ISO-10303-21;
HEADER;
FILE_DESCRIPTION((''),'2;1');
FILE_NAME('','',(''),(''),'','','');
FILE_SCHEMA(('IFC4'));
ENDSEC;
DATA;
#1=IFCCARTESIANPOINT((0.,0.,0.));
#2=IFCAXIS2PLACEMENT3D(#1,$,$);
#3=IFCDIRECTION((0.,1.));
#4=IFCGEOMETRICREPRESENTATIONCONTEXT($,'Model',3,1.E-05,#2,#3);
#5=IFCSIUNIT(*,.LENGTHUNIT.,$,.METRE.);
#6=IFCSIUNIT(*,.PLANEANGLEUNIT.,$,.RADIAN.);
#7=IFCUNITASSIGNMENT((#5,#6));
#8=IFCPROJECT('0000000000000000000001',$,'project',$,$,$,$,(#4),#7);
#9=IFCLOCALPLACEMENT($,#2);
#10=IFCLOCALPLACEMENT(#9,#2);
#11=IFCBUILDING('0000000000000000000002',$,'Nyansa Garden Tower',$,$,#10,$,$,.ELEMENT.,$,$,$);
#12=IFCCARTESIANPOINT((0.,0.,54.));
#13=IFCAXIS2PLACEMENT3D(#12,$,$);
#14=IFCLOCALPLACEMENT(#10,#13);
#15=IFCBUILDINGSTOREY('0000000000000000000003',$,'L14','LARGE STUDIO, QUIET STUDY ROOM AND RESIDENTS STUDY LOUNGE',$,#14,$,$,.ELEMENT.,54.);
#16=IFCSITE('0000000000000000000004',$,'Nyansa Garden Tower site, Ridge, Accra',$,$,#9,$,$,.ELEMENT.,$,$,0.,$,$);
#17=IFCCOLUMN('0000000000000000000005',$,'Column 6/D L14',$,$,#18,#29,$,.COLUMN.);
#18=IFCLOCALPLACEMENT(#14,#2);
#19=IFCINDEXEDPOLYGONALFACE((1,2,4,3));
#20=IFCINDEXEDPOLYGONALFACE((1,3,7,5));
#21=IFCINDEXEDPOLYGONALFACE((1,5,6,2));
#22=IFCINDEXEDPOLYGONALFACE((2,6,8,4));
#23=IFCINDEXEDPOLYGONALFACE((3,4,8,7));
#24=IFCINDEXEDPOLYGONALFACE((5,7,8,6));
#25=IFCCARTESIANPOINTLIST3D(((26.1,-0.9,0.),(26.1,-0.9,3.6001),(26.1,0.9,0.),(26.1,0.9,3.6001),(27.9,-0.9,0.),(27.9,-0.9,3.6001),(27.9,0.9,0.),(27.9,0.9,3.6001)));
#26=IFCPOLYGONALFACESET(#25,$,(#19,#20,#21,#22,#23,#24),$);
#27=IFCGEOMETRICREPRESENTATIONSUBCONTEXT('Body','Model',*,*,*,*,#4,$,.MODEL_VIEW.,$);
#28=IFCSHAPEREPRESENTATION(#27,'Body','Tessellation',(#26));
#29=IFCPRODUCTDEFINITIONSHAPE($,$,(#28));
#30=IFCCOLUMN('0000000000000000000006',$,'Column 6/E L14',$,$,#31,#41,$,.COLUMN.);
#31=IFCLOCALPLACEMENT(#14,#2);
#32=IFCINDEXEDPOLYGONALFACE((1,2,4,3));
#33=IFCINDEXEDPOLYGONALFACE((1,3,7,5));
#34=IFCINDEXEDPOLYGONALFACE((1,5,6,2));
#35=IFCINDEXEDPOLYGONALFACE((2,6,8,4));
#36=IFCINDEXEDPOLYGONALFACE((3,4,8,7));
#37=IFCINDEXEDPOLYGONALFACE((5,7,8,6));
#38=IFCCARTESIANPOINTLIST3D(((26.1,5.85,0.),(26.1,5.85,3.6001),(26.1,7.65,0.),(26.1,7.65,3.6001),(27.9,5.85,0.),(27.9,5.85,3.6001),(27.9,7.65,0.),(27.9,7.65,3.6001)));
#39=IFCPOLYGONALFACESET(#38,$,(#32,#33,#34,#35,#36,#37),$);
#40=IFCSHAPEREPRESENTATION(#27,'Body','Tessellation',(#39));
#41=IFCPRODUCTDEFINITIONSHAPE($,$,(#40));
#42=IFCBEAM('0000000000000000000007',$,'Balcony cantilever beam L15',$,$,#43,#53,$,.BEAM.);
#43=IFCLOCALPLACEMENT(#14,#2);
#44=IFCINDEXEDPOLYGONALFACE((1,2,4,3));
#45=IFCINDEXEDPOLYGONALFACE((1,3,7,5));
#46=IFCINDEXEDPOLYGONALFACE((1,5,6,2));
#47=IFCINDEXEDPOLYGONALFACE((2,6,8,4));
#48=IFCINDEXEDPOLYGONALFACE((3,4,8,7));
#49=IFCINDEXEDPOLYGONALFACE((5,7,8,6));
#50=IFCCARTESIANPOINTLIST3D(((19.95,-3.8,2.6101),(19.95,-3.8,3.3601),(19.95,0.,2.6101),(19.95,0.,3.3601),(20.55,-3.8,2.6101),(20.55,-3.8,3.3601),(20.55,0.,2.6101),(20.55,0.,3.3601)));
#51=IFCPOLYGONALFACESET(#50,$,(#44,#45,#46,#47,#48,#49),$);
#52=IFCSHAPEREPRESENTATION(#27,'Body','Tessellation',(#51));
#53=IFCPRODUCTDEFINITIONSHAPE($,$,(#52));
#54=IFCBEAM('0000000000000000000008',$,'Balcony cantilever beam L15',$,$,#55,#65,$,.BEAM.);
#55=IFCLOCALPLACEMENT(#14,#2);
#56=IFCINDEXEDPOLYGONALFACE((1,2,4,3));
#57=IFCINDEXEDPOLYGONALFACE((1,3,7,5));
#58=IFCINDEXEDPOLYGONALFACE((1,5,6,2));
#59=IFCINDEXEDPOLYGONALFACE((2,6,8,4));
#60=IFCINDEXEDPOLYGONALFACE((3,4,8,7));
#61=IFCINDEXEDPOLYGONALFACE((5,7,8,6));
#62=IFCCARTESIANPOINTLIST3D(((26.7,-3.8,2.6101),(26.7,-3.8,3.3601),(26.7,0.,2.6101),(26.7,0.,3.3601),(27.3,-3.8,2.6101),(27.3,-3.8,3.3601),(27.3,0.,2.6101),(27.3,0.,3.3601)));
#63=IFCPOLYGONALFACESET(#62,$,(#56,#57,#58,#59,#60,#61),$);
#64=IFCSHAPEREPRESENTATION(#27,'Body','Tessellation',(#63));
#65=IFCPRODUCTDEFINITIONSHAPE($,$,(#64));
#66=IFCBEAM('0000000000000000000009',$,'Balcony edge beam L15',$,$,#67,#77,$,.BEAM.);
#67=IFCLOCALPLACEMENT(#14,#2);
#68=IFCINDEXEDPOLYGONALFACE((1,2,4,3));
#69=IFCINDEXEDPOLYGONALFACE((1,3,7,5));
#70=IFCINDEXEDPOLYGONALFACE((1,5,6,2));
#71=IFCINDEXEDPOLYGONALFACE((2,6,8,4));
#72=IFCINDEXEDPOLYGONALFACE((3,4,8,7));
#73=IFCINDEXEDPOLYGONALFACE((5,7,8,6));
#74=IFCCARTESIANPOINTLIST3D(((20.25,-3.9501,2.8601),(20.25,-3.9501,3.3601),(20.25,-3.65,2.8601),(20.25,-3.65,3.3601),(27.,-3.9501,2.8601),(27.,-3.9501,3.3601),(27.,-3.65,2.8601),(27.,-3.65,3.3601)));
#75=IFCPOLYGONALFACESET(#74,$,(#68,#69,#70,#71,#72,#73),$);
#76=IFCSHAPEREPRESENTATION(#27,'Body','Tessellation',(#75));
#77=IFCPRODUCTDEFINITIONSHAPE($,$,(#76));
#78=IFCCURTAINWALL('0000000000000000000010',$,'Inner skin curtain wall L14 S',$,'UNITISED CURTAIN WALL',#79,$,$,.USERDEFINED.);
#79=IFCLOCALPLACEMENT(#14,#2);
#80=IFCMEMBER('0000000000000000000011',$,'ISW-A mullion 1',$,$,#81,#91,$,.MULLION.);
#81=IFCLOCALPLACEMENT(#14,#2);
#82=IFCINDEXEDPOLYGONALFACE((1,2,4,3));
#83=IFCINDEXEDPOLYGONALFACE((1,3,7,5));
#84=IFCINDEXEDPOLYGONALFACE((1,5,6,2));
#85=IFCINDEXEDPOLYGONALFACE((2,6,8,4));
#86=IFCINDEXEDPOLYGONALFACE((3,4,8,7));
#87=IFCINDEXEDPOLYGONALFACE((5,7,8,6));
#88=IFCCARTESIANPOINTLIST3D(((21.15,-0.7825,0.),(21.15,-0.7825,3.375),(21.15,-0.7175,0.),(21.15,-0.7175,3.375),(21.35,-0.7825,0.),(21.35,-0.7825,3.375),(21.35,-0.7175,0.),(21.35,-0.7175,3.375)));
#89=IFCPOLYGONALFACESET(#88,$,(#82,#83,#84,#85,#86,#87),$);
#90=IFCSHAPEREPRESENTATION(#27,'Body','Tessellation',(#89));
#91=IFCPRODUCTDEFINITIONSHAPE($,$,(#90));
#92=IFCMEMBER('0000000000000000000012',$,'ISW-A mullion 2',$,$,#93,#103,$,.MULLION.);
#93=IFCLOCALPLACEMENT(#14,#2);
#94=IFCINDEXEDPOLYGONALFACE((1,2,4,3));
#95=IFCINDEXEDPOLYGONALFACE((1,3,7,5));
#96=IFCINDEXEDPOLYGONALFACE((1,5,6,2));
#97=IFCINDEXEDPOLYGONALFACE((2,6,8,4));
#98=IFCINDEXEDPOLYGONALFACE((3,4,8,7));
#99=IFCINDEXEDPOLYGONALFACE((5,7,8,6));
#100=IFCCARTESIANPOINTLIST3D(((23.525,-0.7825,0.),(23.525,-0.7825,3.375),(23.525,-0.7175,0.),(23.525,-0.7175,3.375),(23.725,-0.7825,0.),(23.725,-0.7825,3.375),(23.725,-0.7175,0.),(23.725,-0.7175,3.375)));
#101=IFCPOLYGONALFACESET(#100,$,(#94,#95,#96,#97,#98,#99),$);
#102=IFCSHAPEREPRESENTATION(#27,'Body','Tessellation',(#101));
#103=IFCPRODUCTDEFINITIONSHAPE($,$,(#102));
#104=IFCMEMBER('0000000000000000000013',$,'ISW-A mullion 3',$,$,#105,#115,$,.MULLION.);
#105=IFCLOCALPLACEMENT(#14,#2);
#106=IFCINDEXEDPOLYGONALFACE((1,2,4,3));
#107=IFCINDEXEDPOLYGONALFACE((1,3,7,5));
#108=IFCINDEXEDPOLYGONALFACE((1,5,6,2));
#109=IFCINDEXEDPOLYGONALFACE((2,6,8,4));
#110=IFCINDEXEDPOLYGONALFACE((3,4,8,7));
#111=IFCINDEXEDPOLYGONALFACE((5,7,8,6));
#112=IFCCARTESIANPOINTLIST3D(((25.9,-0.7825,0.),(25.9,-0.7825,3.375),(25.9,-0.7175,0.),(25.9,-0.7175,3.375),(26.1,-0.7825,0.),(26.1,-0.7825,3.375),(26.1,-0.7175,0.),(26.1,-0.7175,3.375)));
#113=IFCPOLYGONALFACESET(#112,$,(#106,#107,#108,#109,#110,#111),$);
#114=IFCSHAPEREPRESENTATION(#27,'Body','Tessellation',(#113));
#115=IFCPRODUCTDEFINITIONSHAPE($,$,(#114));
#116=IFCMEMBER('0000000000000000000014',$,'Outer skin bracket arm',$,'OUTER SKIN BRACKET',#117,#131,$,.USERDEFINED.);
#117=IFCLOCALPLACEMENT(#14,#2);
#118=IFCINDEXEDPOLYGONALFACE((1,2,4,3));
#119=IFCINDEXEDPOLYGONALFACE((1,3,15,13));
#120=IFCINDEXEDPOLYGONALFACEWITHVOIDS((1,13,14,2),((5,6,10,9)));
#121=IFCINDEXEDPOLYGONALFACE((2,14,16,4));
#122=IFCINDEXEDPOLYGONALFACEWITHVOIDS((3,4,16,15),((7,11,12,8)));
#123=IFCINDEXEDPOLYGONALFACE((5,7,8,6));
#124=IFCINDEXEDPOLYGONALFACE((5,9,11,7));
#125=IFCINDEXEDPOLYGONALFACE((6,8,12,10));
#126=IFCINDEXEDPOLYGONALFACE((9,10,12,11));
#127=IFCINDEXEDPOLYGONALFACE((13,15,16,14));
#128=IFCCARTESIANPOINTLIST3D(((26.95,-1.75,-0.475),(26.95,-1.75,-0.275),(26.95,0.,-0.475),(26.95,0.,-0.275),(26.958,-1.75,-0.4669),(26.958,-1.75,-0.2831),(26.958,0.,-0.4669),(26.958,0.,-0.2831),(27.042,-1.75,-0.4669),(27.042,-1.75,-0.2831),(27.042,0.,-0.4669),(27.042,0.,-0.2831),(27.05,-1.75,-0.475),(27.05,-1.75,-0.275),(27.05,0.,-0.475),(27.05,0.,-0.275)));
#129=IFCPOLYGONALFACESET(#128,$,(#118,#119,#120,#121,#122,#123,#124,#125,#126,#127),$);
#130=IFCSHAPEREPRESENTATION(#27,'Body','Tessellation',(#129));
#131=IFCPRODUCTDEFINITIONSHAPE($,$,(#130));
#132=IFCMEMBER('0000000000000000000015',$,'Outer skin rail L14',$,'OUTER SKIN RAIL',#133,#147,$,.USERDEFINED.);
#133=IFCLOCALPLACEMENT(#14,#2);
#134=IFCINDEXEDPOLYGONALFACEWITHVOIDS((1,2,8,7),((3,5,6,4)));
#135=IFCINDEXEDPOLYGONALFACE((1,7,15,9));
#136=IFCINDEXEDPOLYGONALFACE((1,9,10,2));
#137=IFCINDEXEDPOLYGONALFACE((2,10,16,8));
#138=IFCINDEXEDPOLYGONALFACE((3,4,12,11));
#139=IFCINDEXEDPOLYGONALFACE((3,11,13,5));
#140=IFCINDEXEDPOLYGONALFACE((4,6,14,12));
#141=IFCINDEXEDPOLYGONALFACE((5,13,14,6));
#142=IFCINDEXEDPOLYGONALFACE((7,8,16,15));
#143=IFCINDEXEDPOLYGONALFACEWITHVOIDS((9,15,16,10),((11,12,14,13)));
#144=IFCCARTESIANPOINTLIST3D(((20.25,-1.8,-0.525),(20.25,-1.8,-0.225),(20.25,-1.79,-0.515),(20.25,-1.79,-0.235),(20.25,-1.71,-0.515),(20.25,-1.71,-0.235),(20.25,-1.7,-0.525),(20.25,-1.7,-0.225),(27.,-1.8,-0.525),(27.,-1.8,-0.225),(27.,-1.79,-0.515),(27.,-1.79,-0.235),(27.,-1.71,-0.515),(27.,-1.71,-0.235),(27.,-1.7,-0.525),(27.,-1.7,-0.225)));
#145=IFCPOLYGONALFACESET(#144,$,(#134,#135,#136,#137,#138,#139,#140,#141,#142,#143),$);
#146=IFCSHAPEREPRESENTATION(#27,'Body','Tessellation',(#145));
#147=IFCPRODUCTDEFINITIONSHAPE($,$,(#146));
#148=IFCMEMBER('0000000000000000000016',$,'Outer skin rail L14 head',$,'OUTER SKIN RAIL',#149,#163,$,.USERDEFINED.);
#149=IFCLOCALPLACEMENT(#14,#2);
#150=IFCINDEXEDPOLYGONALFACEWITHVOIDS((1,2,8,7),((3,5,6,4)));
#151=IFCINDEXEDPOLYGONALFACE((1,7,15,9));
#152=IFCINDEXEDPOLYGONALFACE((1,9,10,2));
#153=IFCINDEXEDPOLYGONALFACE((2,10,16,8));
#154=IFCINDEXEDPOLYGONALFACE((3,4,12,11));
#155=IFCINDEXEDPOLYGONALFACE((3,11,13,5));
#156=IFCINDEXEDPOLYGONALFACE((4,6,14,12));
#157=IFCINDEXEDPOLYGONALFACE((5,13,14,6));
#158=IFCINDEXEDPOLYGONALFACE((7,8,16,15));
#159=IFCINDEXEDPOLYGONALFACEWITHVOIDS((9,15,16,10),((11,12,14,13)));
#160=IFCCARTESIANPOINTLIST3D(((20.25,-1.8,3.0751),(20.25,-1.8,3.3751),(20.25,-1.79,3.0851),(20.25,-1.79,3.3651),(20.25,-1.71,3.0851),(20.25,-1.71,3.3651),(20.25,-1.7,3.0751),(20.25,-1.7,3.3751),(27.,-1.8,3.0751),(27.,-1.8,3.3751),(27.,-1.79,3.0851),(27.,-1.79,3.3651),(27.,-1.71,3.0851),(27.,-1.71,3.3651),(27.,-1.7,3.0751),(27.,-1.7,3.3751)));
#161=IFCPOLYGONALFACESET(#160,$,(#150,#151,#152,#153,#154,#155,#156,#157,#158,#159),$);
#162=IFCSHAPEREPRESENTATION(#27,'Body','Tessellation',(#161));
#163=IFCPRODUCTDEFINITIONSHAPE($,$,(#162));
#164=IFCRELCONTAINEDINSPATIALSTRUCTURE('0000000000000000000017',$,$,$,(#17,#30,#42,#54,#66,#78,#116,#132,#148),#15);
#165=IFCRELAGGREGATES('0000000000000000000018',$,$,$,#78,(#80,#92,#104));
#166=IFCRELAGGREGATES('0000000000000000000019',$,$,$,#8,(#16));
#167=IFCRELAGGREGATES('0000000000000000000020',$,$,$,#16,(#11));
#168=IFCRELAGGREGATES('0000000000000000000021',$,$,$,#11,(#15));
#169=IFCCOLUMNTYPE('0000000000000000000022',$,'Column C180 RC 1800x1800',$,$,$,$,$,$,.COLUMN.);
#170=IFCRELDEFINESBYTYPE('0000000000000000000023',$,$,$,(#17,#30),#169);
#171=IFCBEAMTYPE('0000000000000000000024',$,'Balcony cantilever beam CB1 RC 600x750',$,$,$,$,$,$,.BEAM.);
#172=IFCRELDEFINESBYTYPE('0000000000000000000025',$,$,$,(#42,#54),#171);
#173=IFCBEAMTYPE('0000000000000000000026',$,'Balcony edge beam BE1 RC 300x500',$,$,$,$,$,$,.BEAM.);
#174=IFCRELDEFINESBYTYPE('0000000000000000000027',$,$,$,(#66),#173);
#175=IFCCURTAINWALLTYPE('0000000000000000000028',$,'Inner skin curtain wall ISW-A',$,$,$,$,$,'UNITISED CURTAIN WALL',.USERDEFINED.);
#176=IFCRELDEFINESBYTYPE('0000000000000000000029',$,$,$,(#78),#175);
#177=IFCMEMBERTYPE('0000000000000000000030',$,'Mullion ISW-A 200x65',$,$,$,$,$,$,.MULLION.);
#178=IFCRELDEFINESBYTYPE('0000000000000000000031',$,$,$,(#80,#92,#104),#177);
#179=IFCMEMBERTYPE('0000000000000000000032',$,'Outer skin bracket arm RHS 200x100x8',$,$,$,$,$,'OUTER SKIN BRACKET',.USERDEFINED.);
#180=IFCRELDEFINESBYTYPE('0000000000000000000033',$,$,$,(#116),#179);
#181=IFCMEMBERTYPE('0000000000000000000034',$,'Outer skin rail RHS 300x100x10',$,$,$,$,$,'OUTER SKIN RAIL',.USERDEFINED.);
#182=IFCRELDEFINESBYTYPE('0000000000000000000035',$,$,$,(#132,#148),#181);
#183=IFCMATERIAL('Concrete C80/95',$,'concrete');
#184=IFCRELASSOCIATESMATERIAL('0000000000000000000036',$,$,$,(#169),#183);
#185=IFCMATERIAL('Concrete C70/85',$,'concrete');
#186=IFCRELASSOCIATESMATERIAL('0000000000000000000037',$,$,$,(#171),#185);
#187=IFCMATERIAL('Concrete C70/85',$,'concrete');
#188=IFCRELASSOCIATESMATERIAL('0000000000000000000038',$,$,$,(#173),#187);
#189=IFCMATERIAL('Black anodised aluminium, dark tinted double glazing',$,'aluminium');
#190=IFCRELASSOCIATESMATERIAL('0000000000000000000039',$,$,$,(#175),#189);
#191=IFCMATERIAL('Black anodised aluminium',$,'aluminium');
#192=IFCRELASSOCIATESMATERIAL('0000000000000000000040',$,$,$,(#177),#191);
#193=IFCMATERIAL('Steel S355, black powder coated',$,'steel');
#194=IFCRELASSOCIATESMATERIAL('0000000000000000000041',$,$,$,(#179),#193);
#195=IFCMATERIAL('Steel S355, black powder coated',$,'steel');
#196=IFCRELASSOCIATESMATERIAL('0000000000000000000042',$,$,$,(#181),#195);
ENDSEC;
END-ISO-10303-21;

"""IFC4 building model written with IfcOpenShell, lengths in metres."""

from ifc_helpers import new_model, si_unit, direction, frame, origin, origin_2d, place, context, subcontext, project, spatial, rectangle, hollow_rectangle, extrude, material, material_profile, profile_set, type_object, element, aggregate, save


model = new_model("IFC4")

# Units and contexts
model_context = context("Model", 3, precision=1e-05, world=origin(), true_north=direction((0.0, 1.0)))
body_context = subcontext(model_context, "Body", "Model", "MODEL_VIEW")
ifc_project = project(units=[si_unit("LENGTHUNIT", "METRE"), si_unit("PLANEANGLEUNIT", "RADIAN")], contexts=[model_context])

# Site, building, storey
site_placement = place(None, origin())
site = spatial("IfcSite", under=ifc_project, at=site_placement, Name="Nyansa Garden Tower site, Ridge, Accra", CompositionType="ELEMENT", RefElevation=0.0)
building_placement = place(site_placement, origin())
building = spatial("IfcBuilding", under=site, at=building_placement, Name="Nyansa Garden Tower", CompositionType="ELEMENT")
storey_placement = place(building_placement, frame((0.0, 0.0, 54.0)))
storey = spatial("IfcBuildingStorey", under=building, at=storey_placement, Name="L14", Description="LARGE STUDIO, QUIET STUDY ROOM AND RESIDENTS STUDY LOUNGE", CompositionType="ELEMENT", Elevation=54.0)

# Columns
ifc_material_1 = material(Name="Concrete C80/95", Category="concrete")
ifc_material_profile_1 = material_profile(ifc_material_1, rectangle(XDim=1.8, YDim=1.8, at=origin_2d()), Name="RC 1800x1800")
ifc_profile_set_1 = profile_set([ifc_material_profile_1], Name="Concrete C80/95")
column_type = type_object("IfcColumnType", Name="Column C180 RC 1800x1800", PredefinedType="COLUMN", material=ifc_profile_set_1)
for number, where, z_axis, x_axis, name in (
    (1, (27.0, 0.0, 0.0), (0.0, 0.0, 1.0), (1.0, 0.0, 0.0), "Column 6/D L14"),
    (2, (27.0, 6.75, 0.0), (0.0, 0.0, 1.0), (1.0, 0.0, 0.0), "Column 6/E L14"),
):
    element("IfcColumn", number, at=place(storey_placement, frame(where, z_axis=z_axis, x_axis=x_axis)), inside=storey, type_object=column_type, Name=name, PredefinedType="COLUMN", context=body_context, shape_type="SweptSolid", body=[
        extrude(rectangle(XDim=1.8, YDim=1.8, at=origin_2d()), origin(), (0.0, 0.0, 1.0), 3.6001),
    ])

# Beams
ifc_material_2 = material(Name="Concrete C70/85", Category="concrete")
ifc_material_profile_2 = material_profile(ifc_material_2, rectangle(XDim=0.6001, YDim=0.75, at=origin_2d()), Name="RC 600x750")
ifc_profile_set_2 = profile_set([ifc_material_profile_2], Name="Concrete C70/85")
beam_type_1 = type_object("IfcBeamType", Name="Balcony cantilever beam CB1 RC 600x750", PredefinedType="BEAM", material=ifc_profile_set_2)
for number, where, z_axis, x_axis, name in (
    (3, (20.25, 0.0, 2.9851), (0.0, -1.0, 0.0), (1.0, 0.0, 0.0), "Balcony cantilever beam L15"),
    (4, (27.0, 0.0, 2.9851), (0.0, -1.0, 0.0), (1.0, 0.0, 0.0), "Balcony cantilever beam L15"),
):
    element("IfcBeam", number, at=place(storey_placement, frame(where, z_axis=z_axis, x_axis=x_axis)), inside=storey, type_object=beam_type_1, Name=name, PredefinedType="BEAM", context=body_context, shape_type="SweptSolid", body=[
        extrude(rectangle(XDim=0.6001, YDim=0.75, at=origin_2d()), origin(), (0.0, 0.0, 1.0), 3.8),
    ])
ifc_material_3 = material(Name="Concrete C70/85", Category="concrete")
ifc_material_profile_3 = material_profile(ifc_material_3, rectangle(XDim=0.3, YDim=0.5, at=origin_2d()), Name="RC 300x500")
ifc_profile_set_3 = profile_set([ifc_material_profile_3], Name="Concrete C70/85")
beam_type_2 = type_object("IfcBeamType", Name="Balcony edge beam BE1 RC 300x500", PredefinedType="BEAM", material=ifc_profile_set_3)
beam_1_placement = place(storey_placement, frame((20.25, -3.8, 3.1101), z_axis=(1.0, 0.0, 0.0), x_axis=(0.0, 1.0, 0.0)))
element("IfcBeam", 5, at=beam_1_placement, inside=storey, type_object=beam_type_2, Name="Balcony edge beam L15", PredefinedType="BEAM", context=body_context, shape_type="SweptSolid", body=[
    extrude(rectangle(XDim=0.3, YDim=0.5, at=origin_2d()), origin(), (0.0, 0.0, 1.0), 6.75),
])

# Curtain wall, members
ifc_material_4 = material(Name="Black anodised aluminium, dark tinted double glazing", Category="aluminium")
curtain_wall_type = type_object("IfcCurtainWallType", Name="Inner skin curtain wall ISW-A", ElementType="UNITISED CURTAIN WALL", PredefinedType="USERDEFINED", material=ifc_material_4)
curtain_wall_placement = place(storey_placement, origin())
curtain_wall = element("IfcCurtainWall", 6, at=curtain_wall_placement, inside=storey, type_object=curtain_wall_type, Name="Inner skin curtain wall L14 S", ObjectType="UNITISED CURTAIN WALL", PredefinedType="USERDEFINED")
ifc_material_5 = material(Name="Black anodised aluminium", Category="aluminium")
ifc_material_profile_4 = material_profile(ifc_material_5, rectangle(XDim=0.0649, YDim=0.2, at=origin_2d()), Name="Mullion 200x65")
ifc_profile_set_4 = profile_set([ifc_material_profile_4], Name="Black anodised aluminium")
member_type_1 = type_object("IfcMemberType", Name="Mullion ISW-A 200x65", PredefinedType="MULLION", material=ifc_profile_set_4)
member_1_placement = place(storey_placement, frame((21.25, -0.75, 0.0), z_axis=(0.0, 0.0, 1.0), x_axis=(0.0, 1.0, 0.0)))
member_1 = element("IfcMember", 7, at=member_1_placement, type_object=member_type_1, Name="ISW-A mullion 1", PredefinedType="MULLION", context=body_context, shape_type="SweptSolid", body=[
    extrude(rectangle(XDim=0.0649, YDim=0.2, at=origin_2d()), origin(), (0.0, 0.0, 1.0), 3.375),
])
member_2_placement = place(storey_placement, frame((23.625, -0.75, 0.0), z_axis=(0.0, 0.0, 1.0), x_axis=(0.0, 1.0, 0.0)))
member_2 = element("IfcMember", 8, at=member_2_placement, type_object=member_type_1, Name="ISW-A mullion 2", PredefinedType="MULLION", context=body_context, shape_type="SweptSolid", body=[
    extrude(rectangle(XDim=0.0649, YDim=0.2, at=origin_2d()), origin(), (0.0, 0.0, 1.0), 3.375),
])
member_3_placement = place(storey_placement, frame((26.0, -0.75, 0.0), z_axis=(0.0, 0.0, 1.0), x_axis=(0.0, 1.0, 0.0)))
member_3 = element("IfcMember", 9, at=member_3_placement, type_object=member_type_1, Name="ISW-A mullion 3", PredefinedType="MULLION", context=body_context, shape_type="SweptSolid", body=[
    extrude(rectangle(XDim=0.0649, YDim=0.2, at=origin_2d()), origin(), (0.0, 0.0, 1.0), 3.375),
])

# Members
ifc_material_6 = material(Name="Steel S355, black powder coated", Category="steel")
ifc_material_profile_5 = material_profile(ifc_material_6, hollow_rectangle(XDim=0.1001, YDim=0.2, WallThickness=0.0081, at=origin_2d()), Name="RHS 200x100x8")
ifc_profile_set_5 = profile_set([ifc_material_profile_5], Name="Steel S355, black powder coated")
member_type_2 = type_object("IfcMemberType", Name="Outer skin bracket arm RHS 200x100x8", ElementType="OUTER SKIN BRACKET", PredefinedType="USERDEFINED", material=ifc_profile_set_5)
member_4_placement = place(storey_placement, frame((27.0, 0.0, -0.375), z_axis=(0.0, -1.0, 0.0), x_axis=(1.0, 0.0, 0.0)))
element("IfcMember", 10, at=member_4_placement, inside=storey, type_object=member_type_2, Name="Outer skin bracket arm", ObjectType="OUTER SKIN BRACKET", PredefinedType="USERDEFINED", context=body_context, shape_type="SweptSolid", body=[
    extrude(hollow_rectangle(XDim=0.1001, YDim=0.2, WallThickness=0.0081, at=origin_2d()), origin(), (0.0, 0.0, 1.0), 1.75),
])
ifc_material_7 = material(Name="Steel S355, black powder coated", Category="steel")
ifc_material_profile_6 = material_profile(ifc_material_7, hollow_rectangle(XDim=0.1001, YDim=0.3, WallThickness=0.01, at=origin_2d()), Name="RHS 300x100x10")
ifc_profile_set_6 = profile_set([ifc_material_profile_6], Name="Steel S355, black powder coated")
member_type_3 = type_object("IfcMemberType", Name="Outer skin rail RHS 300x100x10", ElementType="OUTER SKIN RAIL", PredefinedType="USERDEFINED", material=ifc_profile_set_6)
for number, where, z_axis, x_axis, name in (
    (11, (20.25, -1.75, -0.375), (1.0, 0.0, 0.0), (0.0, 1.0, 0.0), "Outer skin rail L14"),
    (12, (20.25, -1.75, 3.2251), (1.0, 0.0, 0.0), (0.0, 1.0, 0.0), "Outer skin rail L14 head"),
):
    element("IfcMember", number, at=place(storey_placement, frame(where, z_axis=z_axis, x_axis=x_axis)), inside=storey, type_object=member_type_3, Name=name, ObjectType="OUTER SKIN RAIL", PredefinedType="USERDEFINED", context=body_context, shape_type="SweptSolid", body=[
        extrude(hollow_rectangle(XDim=0.1001, YDim=0.3, WallThickness=0.01, at=origin_2d()), origin(), (0.0, 0.0, 1.0), 6.75),
    ])

aggregate(curtain_wall, [member_1, member_2, member_3])

save(model, "model.ifc")
